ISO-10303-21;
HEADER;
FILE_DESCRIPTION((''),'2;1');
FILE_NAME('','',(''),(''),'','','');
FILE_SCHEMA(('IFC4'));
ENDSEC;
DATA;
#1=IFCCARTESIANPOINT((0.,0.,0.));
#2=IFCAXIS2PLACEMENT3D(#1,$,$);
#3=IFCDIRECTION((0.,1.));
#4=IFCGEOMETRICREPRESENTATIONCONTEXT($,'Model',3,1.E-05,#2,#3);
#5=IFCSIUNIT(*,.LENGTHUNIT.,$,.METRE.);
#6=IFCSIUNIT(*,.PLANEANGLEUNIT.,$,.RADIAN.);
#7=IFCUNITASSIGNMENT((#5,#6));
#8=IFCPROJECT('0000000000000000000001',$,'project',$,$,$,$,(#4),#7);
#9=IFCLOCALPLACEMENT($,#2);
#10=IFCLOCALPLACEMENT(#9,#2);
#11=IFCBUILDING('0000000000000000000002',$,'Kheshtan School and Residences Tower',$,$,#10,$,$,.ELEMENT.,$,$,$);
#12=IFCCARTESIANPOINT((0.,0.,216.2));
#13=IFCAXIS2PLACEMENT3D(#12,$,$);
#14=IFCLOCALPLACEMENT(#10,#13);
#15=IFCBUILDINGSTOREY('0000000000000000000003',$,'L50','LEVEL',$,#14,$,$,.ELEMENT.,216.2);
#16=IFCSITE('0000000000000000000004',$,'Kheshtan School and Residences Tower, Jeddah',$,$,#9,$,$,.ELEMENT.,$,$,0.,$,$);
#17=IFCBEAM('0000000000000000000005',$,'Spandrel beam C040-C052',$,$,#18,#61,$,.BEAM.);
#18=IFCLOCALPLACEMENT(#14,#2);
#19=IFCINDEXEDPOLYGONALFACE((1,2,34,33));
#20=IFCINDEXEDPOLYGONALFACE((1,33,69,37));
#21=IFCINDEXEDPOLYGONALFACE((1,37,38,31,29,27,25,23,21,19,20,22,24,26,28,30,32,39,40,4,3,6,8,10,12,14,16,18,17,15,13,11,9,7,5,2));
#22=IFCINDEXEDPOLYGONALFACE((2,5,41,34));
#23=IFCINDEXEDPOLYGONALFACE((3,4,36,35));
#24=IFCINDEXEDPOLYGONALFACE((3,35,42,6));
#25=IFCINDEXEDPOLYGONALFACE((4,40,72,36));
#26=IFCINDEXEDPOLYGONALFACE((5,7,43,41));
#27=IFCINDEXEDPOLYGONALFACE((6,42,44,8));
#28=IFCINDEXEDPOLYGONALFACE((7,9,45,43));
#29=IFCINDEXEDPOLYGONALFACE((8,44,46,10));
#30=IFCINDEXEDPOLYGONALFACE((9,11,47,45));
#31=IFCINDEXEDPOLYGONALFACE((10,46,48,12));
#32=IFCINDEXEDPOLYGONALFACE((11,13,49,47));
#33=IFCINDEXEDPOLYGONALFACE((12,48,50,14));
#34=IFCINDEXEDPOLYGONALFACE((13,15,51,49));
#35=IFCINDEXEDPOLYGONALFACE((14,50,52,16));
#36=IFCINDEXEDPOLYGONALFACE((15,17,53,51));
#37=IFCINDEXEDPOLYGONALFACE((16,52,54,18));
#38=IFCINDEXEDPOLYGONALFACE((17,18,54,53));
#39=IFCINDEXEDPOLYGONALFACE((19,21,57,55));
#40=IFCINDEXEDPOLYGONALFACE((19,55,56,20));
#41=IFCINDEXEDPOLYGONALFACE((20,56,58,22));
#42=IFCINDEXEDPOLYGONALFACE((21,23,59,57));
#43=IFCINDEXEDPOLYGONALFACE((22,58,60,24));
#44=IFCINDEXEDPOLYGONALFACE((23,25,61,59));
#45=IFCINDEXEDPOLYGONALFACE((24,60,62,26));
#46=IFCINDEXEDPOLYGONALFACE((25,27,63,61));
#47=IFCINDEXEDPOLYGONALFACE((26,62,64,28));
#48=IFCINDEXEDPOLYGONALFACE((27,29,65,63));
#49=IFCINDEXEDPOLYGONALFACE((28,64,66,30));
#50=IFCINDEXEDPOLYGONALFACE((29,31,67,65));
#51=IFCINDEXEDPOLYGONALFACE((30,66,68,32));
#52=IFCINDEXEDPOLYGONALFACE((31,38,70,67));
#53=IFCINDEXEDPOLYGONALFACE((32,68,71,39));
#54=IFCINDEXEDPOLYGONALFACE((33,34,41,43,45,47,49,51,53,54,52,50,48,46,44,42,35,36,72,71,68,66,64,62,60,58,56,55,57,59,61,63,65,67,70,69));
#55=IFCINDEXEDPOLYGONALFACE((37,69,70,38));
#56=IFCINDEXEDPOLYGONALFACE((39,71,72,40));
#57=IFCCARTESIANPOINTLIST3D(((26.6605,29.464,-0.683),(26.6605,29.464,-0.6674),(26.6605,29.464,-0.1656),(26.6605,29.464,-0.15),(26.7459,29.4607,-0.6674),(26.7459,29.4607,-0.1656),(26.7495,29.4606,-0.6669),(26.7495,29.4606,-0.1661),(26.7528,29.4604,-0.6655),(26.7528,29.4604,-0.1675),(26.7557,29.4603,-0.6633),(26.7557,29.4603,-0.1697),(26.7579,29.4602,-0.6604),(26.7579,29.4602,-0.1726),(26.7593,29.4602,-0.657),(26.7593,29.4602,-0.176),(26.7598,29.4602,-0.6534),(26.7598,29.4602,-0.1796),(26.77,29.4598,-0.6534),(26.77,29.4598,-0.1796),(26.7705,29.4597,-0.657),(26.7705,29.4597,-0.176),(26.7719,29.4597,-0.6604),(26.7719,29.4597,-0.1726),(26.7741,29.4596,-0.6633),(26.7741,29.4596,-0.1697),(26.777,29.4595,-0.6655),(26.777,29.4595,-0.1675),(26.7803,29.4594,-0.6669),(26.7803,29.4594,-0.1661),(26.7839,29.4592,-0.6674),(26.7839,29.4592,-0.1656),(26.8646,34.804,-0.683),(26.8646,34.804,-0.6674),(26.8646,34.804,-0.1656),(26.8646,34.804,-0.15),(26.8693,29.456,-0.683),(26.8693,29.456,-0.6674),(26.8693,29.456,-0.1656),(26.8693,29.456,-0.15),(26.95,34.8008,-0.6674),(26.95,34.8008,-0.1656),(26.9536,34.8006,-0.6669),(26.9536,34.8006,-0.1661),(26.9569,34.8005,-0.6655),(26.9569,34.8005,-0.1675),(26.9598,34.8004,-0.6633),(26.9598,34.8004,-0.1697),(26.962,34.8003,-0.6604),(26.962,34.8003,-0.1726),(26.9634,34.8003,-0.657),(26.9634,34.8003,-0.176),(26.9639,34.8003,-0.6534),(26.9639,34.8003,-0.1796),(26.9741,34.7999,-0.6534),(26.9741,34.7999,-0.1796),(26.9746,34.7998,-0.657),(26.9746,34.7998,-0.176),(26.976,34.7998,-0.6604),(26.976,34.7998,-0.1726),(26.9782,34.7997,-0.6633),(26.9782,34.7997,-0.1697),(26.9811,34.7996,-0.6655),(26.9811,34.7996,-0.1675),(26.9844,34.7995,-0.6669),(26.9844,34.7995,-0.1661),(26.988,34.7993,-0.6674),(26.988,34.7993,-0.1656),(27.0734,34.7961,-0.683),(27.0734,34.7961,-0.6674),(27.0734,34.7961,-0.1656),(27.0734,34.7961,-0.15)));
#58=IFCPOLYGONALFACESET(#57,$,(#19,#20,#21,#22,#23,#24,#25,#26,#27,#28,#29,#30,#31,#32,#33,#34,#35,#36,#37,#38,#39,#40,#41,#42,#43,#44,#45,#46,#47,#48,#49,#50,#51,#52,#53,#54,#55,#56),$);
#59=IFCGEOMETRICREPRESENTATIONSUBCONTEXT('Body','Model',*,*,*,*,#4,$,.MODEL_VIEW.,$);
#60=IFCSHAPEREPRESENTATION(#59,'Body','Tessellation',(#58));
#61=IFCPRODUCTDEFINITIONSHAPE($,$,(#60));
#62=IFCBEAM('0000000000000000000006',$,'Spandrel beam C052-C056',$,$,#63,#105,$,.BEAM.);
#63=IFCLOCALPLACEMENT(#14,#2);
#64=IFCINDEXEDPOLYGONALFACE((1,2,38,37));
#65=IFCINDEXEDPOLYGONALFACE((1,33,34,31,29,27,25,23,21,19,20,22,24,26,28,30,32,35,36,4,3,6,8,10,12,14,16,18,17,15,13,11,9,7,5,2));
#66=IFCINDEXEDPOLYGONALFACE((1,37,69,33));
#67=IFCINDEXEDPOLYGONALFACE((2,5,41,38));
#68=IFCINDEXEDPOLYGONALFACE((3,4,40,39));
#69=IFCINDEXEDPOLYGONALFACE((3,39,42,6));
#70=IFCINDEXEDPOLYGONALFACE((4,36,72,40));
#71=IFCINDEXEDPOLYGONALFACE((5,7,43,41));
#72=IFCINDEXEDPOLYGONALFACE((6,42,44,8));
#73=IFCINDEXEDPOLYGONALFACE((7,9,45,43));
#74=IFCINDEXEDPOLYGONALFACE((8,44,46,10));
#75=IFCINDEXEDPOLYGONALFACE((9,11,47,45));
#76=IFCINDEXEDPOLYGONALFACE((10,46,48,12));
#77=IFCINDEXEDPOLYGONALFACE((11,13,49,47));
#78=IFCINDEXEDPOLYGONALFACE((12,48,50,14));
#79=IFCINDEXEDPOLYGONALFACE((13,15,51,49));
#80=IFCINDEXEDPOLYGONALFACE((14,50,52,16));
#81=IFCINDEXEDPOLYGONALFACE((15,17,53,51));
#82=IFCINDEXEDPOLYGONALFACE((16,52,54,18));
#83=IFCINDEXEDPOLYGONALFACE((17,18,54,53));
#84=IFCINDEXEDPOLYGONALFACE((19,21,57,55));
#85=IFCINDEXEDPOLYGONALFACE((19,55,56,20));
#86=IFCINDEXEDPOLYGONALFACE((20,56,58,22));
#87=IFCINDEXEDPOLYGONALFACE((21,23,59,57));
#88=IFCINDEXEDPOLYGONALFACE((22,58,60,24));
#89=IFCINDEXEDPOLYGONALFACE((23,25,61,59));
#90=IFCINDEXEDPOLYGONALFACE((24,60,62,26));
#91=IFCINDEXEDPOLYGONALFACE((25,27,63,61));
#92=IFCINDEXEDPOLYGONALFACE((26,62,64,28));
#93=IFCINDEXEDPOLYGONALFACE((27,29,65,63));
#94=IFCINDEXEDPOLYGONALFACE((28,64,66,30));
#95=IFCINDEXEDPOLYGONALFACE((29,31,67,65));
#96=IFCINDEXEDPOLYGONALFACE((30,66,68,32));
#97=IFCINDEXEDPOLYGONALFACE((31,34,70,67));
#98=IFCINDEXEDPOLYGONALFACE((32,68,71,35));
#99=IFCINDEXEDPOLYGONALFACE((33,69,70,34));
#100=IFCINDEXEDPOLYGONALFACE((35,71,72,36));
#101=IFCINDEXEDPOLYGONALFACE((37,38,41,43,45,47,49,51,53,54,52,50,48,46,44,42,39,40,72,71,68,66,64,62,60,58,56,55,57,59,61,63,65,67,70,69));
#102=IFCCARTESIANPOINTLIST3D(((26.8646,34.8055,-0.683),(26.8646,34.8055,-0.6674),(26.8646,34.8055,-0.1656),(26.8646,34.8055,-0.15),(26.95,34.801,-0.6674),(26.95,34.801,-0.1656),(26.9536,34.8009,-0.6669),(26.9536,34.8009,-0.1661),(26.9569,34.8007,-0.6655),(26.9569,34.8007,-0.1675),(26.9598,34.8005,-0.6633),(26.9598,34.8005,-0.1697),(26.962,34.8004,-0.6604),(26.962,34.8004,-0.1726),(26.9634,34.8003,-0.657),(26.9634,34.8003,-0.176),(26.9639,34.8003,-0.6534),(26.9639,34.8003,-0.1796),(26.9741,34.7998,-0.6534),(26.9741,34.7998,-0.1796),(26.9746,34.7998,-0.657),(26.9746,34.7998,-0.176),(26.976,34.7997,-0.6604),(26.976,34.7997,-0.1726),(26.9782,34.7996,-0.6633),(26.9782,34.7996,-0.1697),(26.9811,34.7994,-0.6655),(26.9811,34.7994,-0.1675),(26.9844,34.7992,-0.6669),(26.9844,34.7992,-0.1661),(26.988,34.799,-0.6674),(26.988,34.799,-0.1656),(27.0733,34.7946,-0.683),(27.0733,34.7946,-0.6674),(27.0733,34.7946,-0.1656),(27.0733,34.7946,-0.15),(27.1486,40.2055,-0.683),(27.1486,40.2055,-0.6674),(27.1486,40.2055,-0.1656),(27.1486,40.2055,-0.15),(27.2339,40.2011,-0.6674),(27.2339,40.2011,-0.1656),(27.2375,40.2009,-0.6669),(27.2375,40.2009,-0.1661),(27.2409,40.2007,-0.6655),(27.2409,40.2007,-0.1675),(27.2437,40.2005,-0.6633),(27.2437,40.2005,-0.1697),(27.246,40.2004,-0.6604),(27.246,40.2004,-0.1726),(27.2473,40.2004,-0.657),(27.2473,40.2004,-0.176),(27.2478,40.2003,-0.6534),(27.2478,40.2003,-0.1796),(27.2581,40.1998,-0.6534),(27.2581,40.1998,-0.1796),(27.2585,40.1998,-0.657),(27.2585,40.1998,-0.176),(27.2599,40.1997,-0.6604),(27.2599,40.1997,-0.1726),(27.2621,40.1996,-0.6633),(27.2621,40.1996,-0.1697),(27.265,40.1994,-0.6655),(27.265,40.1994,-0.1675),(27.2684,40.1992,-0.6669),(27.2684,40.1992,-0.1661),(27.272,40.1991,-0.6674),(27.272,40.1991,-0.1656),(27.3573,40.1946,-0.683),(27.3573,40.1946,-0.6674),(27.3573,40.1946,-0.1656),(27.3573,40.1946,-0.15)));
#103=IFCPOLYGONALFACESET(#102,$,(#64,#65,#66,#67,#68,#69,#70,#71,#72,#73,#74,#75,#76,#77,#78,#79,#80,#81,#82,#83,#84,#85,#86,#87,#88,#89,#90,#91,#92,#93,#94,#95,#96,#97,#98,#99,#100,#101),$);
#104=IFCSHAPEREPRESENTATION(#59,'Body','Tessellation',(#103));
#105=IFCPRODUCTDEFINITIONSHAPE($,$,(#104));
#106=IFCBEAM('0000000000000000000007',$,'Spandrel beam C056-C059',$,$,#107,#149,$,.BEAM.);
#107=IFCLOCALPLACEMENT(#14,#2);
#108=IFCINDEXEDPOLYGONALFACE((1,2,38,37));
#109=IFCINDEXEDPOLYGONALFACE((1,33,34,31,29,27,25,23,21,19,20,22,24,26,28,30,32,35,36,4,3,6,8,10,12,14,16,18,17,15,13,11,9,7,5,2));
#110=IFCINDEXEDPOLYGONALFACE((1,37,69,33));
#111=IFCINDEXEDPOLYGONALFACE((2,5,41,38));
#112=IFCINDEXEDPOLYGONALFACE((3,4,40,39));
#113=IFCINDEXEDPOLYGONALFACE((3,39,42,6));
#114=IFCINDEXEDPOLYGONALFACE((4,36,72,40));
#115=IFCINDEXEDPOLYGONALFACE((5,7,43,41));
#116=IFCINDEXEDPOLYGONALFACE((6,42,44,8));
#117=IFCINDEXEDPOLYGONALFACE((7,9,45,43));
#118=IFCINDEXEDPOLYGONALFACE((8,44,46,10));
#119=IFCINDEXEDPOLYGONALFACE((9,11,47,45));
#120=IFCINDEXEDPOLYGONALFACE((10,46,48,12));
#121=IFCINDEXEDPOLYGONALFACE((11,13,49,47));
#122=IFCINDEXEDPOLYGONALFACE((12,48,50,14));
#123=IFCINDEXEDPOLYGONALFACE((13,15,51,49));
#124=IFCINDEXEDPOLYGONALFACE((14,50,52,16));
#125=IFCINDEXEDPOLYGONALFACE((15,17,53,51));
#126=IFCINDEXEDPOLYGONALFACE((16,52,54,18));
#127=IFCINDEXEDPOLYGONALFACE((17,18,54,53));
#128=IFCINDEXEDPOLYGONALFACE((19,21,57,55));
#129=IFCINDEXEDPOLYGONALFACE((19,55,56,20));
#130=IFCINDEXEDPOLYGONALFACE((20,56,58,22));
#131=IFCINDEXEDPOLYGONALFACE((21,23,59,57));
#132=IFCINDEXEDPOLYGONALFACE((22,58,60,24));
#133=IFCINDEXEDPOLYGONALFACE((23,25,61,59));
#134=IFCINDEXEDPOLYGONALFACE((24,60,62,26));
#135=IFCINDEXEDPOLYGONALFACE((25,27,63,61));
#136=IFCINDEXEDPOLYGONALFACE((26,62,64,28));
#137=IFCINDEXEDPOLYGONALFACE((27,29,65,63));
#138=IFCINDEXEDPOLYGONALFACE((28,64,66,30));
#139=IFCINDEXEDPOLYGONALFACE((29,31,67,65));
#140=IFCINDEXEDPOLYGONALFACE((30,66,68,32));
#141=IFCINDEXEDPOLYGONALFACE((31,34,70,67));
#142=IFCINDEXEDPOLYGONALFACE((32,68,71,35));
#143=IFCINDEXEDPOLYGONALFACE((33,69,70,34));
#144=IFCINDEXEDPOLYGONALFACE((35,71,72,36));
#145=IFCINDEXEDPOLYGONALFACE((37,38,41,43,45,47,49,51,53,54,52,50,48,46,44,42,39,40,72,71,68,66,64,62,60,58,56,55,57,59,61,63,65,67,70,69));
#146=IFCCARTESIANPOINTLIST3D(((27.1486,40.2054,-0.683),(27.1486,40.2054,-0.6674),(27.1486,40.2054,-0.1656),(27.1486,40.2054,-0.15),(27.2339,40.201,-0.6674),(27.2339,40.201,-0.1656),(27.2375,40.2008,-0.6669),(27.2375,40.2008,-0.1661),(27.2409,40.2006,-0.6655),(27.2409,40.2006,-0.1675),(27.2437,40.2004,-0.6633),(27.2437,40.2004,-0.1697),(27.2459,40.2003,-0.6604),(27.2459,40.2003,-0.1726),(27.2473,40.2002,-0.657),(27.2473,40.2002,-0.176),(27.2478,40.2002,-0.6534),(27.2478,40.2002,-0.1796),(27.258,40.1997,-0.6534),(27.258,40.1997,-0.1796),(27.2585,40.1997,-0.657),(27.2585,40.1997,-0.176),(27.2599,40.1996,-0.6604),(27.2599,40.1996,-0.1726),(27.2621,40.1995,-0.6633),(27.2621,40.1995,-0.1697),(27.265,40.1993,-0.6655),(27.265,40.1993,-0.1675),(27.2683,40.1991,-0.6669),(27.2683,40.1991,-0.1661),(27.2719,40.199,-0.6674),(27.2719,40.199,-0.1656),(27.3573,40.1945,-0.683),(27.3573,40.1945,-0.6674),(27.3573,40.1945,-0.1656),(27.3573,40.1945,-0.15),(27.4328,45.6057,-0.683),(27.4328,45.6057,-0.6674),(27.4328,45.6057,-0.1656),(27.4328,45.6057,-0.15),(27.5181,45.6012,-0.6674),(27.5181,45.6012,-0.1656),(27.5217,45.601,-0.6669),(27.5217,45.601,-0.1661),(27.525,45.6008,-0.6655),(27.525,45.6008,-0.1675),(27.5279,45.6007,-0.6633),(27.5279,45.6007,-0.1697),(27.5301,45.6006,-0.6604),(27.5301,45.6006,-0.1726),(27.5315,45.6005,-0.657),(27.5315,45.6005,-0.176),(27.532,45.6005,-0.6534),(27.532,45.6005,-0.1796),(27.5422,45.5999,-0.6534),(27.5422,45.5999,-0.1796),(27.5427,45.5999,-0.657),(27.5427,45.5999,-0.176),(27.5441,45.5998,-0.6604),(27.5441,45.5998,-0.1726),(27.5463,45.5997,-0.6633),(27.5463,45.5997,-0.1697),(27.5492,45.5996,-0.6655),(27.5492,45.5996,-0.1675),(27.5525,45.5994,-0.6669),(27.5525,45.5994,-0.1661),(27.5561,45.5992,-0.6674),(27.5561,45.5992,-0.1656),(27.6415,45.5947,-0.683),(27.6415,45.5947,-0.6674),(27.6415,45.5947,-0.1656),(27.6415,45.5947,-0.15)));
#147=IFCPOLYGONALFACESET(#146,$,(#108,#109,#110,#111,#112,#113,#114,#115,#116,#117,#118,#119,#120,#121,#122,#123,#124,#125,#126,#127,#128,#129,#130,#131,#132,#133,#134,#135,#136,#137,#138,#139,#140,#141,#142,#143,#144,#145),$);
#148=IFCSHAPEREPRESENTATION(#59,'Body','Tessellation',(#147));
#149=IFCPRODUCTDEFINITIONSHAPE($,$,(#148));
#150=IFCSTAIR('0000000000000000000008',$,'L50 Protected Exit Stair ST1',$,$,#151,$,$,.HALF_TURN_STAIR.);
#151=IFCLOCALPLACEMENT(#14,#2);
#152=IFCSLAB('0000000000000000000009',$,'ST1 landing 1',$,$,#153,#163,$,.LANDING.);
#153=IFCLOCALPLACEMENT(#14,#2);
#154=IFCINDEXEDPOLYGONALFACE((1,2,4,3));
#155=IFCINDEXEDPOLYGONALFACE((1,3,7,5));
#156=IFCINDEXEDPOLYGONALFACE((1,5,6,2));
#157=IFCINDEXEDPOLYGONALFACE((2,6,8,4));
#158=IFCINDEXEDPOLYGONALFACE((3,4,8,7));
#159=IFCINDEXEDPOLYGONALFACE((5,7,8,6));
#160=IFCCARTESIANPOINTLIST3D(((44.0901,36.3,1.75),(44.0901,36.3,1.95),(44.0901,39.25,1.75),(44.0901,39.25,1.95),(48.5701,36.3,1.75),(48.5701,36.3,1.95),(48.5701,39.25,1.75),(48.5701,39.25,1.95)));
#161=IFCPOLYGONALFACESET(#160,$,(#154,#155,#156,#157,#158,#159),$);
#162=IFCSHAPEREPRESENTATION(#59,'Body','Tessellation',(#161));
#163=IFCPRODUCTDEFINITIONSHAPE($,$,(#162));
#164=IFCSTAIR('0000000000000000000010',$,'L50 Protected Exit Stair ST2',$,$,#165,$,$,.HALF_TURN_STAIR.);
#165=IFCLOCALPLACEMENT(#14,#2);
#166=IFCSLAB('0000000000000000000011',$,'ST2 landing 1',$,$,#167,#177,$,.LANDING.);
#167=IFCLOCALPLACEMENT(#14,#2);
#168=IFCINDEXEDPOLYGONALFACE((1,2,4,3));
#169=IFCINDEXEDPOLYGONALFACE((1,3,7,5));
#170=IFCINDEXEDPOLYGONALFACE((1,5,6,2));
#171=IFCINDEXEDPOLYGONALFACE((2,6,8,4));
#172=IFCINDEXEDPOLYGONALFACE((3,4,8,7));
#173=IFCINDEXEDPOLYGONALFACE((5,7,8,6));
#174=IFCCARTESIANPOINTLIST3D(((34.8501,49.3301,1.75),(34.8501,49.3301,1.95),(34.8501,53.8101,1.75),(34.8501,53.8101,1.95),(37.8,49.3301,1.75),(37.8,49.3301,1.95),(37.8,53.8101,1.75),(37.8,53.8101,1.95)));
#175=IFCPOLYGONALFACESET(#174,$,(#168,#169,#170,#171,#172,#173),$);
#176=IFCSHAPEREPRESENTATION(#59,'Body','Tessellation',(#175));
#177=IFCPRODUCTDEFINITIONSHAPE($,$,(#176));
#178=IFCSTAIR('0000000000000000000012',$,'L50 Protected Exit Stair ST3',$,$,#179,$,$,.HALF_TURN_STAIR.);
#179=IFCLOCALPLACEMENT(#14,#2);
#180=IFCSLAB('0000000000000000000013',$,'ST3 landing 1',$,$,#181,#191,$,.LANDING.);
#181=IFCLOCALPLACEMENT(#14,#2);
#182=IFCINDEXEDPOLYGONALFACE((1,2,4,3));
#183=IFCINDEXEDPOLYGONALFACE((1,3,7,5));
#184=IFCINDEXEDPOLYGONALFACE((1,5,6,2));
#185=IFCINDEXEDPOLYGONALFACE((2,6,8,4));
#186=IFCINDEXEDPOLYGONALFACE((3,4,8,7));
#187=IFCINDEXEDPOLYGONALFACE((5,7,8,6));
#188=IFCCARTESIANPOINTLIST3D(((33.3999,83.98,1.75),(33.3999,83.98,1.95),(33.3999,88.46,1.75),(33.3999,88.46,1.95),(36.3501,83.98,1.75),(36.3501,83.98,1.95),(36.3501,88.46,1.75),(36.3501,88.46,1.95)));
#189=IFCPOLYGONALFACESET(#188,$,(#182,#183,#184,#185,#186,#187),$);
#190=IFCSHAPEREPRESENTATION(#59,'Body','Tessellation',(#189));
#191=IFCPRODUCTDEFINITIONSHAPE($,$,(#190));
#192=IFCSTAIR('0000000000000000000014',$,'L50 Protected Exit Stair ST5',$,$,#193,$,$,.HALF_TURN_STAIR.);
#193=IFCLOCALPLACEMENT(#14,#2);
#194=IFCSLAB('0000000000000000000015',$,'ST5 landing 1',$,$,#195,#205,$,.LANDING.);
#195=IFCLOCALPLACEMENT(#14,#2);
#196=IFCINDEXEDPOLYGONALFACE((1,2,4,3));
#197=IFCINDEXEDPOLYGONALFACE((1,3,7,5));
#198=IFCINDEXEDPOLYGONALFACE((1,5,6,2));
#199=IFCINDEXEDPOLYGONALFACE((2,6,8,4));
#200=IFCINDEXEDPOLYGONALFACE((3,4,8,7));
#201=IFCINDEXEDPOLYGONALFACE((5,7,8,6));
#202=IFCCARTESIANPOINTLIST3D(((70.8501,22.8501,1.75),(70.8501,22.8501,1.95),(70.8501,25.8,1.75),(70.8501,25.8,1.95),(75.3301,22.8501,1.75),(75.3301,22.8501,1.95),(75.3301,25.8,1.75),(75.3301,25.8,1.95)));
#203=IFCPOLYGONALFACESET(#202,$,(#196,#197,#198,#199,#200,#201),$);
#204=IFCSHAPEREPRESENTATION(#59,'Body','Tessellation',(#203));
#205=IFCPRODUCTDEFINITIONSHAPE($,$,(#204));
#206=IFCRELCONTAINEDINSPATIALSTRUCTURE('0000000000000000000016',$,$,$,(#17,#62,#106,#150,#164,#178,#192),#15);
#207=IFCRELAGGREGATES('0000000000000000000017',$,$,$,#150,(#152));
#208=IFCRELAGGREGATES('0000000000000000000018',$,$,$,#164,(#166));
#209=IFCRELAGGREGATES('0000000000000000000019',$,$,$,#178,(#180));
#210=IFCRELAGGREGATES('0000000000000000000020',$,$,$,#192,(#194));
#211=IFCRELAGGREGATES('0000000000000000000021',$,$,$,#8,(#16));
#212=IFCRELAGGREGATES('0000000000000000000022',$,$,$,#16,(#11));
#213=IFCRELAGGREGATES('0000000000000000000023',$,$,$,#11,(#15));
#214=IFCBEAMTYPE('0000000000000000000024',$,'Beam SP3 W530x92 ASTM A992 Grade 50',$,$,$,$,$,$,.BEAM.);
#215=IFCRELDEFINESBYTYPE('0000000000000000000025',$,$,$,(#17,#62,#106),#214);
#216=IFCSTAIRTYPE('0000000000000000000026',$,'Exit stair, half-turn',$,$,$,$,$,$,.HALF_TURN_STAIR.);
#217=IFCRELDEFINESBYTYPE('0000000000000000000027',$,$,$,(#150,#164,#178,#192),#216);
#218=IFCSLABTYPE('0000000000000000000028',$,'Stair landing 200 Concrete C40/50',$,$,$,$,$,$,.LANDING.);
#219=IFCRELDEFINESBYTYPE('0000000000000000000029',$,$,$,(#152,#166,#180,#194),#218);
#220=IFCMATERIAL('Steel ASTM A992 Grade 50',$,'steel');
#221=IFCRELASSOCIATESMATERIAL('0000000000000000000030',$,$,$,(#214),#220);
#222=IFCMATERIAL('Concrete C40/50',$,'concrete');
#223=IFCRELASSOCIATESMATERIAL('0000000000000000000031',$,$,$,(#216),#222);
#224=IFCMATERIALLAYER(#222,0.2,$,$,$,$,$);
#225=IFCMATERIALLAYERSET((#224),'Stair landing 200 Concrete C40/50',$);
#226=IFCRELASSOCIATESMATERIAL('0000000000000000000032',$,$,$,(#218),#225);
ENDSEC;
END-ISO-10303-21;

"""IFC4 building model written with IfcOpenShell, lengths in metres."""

from ifc_helpers import new_model, si_unit, direction, frame, origin, origin_2d, place, context, subcontext, project, spatial, polyline, i_section, outline, extrude, material, layer, layer_set, material_profile, profile_set, type_object, element, aggregate, save


model = new_model("IFC4")

# Units and contexts
model_context = context("Model", 3, precision=1e-05, world=origin(), true_north=direction((0.0, 1.0)))
body_context = subcontext(model_context, "Body", "Model", "MODEL_VIEW")
ifc_project = project(units=[si_unit("LENGTHUNIT", "METRE"), si_unit("PLANEANGLEUNIT", "RADIAN")], contexts=[model_context])

# Site, building, storey
site_placement = place(None, origin())
site = spatial("IfcSite", under=ifc_project, at=site_placement, Name="Kheshtan School and Residences Tower, Jeddah", CompositionType="ELEMENT", RefElevation=0.0)
building_placement = place(site_placement, origin())
building = spatial("IfcBuilding", under=site, at=building_placement, Name="Kheshtan School and Residences Tower", CompositionType="ELEMENT")
storey_placement = place(building_placement, frame((0.0, 0.0, 216.2)))
storey = spatial("IfcBuildingStorey", under=building, at=storey_placement, Name="L50", Description="LEVEL", CompositionType="ELEMENT", Elevation=216.2)

# Shared definitions
ifc_material_1 = material(Name="Steel ASTM A992 Grade 50", Category="steel")

# Beams
ifc_material_profile_1 = material_profile(ifc_material_1, i_section(OverallWidth=0.209, OverallDepth=0.533, WebThickness=0.0103, FlangeThickness=0.0156, FilletRadius=0.0139, at=origin_2d()), Name="W530x92")
ifc_profile_set_1 = profile_set([ifc_material_profile_1], Name="Steel ASTM A992 Grade 50")
beam_type_1 = type_object("IfcBeamType", Name="Beam SP3 W530x92 ASTM A992 Grade 50", PredefinedType="BEAM", material=ifc_profile_set_1)
beam_1_placement = place(storey_placement, frame((26.7649, 29.46, -0.4165), z_axis=(0.038193, 0.99927, 0.0), x_axis=(-0.99927, 0.038193, 0.0)))
element("IfcBeam", 1, at=beam_1_placement, inside=storey, type_object=beam_type_1, Name="Spandrel beam C040-C052", PredefinedType="BEAM", context=body_context, shape_type="SweptSolid", body=[
    extrude(i_section(OverallWidth=0.209, OverallDepth=0.533, WebThickness=0.0103, FlangeThickness=0.0156, FilletRadius=0.0139, at=origin_2d()), origin(), (0.0, 0.0, 1.0), 5.344),
])
beam_2_placement = place(storey_placement, frame((26.969, 34.8, -0.4165), z_axis=(0.052509, 0.99862, 0.0), x_axis=(-0.99862, 0.052509, 0.0)))
element("IfcBeam", 2, at=beam_2_placement, inside=storey, type_object=beam_type_1, Name="Spandrel beam C052-C056", PredefinedType="BEAM", context=body_context, shape_type="SweptSolid", body=[
    extrude(i_section(OverallWidth=0.209, OverallDepth=0.533, WebThickness=0.0103, FlangeThickness=0.0156, FilletRadius=0.0139, at=origin_2d()), origin(), (0.0, 0.0, 1.0), 5.4075),
])
beam_3_placement = place(storey_placement, frame((27.2529, 40.2, -0.4165), z_axis=(0.052552, 0.998618, 0.0), x_axis=(-0.998618, 0.052552, 0.0)))
element("IfcBeam", 3, at=beam_3_placement, inside=storey, type_object=beam_type_1, Name="Spandrel beam C056-C059", PredefinedType="BEAM", context=body_context, shape_type="SweptSolid", body=[
    extrude(i_section(OverallWidth=0.209, OverallDepth=0.533, WebThickness=0.0103, FlangeThickness=0.0156, FilletRadius=0.0139, at=origin_2d()), origin(), (0.0, 0.0, 1.0), 5.4077),
])

# Shared definitions
ifc_material_2 = material(Name="Concrete C40/50", Category="concrete")

# Stairs, slabs
stair_type = type_object("IfcStairType", Name="Exit stair, half-turn", PredefinedType="HALF_TURN_STAIR", material=ifc_material_2)
stair_1_placement = place(storey_placement, origin())
stair_1 = element("IfcStair", 4, at=stair_1_placement, inside=storey, type_object=stair_type, Name="L50 Protected Exit Stair ST1", PredefinedType="HALF_TURN_STAIR")
ifc_layer_1 = layer(ifc_material_2, 0.2)
ifc_layer_set_1 = layer_set([ifc_layer_1], Name="Stair landing 200 Concrete C40/50")
slab_type_1 = type_object("IfcSlabType", Name="Stair landing 200 Concrete C40/50", PredefinedType="LANDING", material=ifc_layer_set_1)
slab_1_placement = place(storey_placement, frame((0.0, 0.0, 1.75)))
slab_1 = element("IfcSlab", 5, at=slab_1_placement, type_object=slab_type_1, Name="ST1 landing 1", PredefinedType="LANDING", context=body_context, shape_type="SweptSolid", body=[
    extrude(outline(polyline([(48.5701, 39.25), (44.0901, 39.25), (44.0901, 36.3), (48.5701, 36.3), (48.5701, 39.25)])), origin(), (0.0, 0.0, 1.0), 0.2),
])
aggregate(stair_1, [slab_1])
stair_2_placement = place(storey_placement, origin())
stair_2 = element("IfcStair", 6, at=stair_2_placement, inside=storey, type_object=stair_type, Name="L50 Protected Exit Stair ST2", PredefinedType="HALF_TURN_STAIR")
slab_2_placement = place(storey_placement, frame((0.0, 0.0, 1.75)))
slab_2 = element("IfcSlab", 7, at=slab_2_placement, type_object=slab_type_1, Name="ST2 landing 1", PredefinedType="LANDING", context=body_context, shape_type="SweptSolid", body=[
    extrude(outline(polyline([(37.8, 49.3301), (37.8, 53.8101), (34.8501, 53.8101), (34.8501, 49.3301), (37.8, 49.3301)])), origin(), (0.0, 0.0, 1.0), 0.2),
])
aggregate(stair_2, [slab_2])
stair_3_placement = place(storey_placement, origin())
stair_3 = element("IfcStair", 8, at=stair_3_placement, inside=storey, type_object=stair_type, Name="L50 Protected Exit Stair ST3", PredefinedType="HALF_TURN_STAIR")
slab_3_placement = place(storey_placement, frame((0.0, 0.0, 1.75)))
slab_3 = element("IfcSlab", 9, at=slab_3_placement, type_object=slab_type_1, Name="ST3 landing 1", PredefinedType="LANDING", context=body_context, shape_type="SweptSolid", body=[
    extrude(outline(polyline([(36.3501, 83.98), (36.3501, 88.46), (33.3999, 88.46), (33.3999, 83.98), (36.3501, 83.98)])), origin(), (0.0, 0.0, 1.0), 0.2),
])
aggregate(stair_3, [slab_3])
stair_4_placement = place(storey_placement, origin())
stair_4 = element("IfcStair", 10, at=stair_4_placement, inside=storey, type_object=stair_type, Name="L50 Protected Exit Stair ST5", PredefinedType="HALF_TURN_STAIR")
slab_4_placement = place(storey_placement, frame((0.0, 0.0, 1.75)))
slab_4 = element("IfcSlab", 11, at=slab_4_placement, type_object=slab_type_1, Name="ST5 landing 1", PredefinedType="LANDING", context=body_context, shape_type="SweptSolid", body=[
    extrude(outline(polyline([(75.3301, 25.8), (70.8501, 25.8), (70.8501, 22.8501), (75.3301, 22.8501), (75.3301, 25.8)])), origin(), (0.0, 0.0, 1.0), 0.2),
])
aggregate(stair_4, [slab_4])

save(model, "model.ifc")
